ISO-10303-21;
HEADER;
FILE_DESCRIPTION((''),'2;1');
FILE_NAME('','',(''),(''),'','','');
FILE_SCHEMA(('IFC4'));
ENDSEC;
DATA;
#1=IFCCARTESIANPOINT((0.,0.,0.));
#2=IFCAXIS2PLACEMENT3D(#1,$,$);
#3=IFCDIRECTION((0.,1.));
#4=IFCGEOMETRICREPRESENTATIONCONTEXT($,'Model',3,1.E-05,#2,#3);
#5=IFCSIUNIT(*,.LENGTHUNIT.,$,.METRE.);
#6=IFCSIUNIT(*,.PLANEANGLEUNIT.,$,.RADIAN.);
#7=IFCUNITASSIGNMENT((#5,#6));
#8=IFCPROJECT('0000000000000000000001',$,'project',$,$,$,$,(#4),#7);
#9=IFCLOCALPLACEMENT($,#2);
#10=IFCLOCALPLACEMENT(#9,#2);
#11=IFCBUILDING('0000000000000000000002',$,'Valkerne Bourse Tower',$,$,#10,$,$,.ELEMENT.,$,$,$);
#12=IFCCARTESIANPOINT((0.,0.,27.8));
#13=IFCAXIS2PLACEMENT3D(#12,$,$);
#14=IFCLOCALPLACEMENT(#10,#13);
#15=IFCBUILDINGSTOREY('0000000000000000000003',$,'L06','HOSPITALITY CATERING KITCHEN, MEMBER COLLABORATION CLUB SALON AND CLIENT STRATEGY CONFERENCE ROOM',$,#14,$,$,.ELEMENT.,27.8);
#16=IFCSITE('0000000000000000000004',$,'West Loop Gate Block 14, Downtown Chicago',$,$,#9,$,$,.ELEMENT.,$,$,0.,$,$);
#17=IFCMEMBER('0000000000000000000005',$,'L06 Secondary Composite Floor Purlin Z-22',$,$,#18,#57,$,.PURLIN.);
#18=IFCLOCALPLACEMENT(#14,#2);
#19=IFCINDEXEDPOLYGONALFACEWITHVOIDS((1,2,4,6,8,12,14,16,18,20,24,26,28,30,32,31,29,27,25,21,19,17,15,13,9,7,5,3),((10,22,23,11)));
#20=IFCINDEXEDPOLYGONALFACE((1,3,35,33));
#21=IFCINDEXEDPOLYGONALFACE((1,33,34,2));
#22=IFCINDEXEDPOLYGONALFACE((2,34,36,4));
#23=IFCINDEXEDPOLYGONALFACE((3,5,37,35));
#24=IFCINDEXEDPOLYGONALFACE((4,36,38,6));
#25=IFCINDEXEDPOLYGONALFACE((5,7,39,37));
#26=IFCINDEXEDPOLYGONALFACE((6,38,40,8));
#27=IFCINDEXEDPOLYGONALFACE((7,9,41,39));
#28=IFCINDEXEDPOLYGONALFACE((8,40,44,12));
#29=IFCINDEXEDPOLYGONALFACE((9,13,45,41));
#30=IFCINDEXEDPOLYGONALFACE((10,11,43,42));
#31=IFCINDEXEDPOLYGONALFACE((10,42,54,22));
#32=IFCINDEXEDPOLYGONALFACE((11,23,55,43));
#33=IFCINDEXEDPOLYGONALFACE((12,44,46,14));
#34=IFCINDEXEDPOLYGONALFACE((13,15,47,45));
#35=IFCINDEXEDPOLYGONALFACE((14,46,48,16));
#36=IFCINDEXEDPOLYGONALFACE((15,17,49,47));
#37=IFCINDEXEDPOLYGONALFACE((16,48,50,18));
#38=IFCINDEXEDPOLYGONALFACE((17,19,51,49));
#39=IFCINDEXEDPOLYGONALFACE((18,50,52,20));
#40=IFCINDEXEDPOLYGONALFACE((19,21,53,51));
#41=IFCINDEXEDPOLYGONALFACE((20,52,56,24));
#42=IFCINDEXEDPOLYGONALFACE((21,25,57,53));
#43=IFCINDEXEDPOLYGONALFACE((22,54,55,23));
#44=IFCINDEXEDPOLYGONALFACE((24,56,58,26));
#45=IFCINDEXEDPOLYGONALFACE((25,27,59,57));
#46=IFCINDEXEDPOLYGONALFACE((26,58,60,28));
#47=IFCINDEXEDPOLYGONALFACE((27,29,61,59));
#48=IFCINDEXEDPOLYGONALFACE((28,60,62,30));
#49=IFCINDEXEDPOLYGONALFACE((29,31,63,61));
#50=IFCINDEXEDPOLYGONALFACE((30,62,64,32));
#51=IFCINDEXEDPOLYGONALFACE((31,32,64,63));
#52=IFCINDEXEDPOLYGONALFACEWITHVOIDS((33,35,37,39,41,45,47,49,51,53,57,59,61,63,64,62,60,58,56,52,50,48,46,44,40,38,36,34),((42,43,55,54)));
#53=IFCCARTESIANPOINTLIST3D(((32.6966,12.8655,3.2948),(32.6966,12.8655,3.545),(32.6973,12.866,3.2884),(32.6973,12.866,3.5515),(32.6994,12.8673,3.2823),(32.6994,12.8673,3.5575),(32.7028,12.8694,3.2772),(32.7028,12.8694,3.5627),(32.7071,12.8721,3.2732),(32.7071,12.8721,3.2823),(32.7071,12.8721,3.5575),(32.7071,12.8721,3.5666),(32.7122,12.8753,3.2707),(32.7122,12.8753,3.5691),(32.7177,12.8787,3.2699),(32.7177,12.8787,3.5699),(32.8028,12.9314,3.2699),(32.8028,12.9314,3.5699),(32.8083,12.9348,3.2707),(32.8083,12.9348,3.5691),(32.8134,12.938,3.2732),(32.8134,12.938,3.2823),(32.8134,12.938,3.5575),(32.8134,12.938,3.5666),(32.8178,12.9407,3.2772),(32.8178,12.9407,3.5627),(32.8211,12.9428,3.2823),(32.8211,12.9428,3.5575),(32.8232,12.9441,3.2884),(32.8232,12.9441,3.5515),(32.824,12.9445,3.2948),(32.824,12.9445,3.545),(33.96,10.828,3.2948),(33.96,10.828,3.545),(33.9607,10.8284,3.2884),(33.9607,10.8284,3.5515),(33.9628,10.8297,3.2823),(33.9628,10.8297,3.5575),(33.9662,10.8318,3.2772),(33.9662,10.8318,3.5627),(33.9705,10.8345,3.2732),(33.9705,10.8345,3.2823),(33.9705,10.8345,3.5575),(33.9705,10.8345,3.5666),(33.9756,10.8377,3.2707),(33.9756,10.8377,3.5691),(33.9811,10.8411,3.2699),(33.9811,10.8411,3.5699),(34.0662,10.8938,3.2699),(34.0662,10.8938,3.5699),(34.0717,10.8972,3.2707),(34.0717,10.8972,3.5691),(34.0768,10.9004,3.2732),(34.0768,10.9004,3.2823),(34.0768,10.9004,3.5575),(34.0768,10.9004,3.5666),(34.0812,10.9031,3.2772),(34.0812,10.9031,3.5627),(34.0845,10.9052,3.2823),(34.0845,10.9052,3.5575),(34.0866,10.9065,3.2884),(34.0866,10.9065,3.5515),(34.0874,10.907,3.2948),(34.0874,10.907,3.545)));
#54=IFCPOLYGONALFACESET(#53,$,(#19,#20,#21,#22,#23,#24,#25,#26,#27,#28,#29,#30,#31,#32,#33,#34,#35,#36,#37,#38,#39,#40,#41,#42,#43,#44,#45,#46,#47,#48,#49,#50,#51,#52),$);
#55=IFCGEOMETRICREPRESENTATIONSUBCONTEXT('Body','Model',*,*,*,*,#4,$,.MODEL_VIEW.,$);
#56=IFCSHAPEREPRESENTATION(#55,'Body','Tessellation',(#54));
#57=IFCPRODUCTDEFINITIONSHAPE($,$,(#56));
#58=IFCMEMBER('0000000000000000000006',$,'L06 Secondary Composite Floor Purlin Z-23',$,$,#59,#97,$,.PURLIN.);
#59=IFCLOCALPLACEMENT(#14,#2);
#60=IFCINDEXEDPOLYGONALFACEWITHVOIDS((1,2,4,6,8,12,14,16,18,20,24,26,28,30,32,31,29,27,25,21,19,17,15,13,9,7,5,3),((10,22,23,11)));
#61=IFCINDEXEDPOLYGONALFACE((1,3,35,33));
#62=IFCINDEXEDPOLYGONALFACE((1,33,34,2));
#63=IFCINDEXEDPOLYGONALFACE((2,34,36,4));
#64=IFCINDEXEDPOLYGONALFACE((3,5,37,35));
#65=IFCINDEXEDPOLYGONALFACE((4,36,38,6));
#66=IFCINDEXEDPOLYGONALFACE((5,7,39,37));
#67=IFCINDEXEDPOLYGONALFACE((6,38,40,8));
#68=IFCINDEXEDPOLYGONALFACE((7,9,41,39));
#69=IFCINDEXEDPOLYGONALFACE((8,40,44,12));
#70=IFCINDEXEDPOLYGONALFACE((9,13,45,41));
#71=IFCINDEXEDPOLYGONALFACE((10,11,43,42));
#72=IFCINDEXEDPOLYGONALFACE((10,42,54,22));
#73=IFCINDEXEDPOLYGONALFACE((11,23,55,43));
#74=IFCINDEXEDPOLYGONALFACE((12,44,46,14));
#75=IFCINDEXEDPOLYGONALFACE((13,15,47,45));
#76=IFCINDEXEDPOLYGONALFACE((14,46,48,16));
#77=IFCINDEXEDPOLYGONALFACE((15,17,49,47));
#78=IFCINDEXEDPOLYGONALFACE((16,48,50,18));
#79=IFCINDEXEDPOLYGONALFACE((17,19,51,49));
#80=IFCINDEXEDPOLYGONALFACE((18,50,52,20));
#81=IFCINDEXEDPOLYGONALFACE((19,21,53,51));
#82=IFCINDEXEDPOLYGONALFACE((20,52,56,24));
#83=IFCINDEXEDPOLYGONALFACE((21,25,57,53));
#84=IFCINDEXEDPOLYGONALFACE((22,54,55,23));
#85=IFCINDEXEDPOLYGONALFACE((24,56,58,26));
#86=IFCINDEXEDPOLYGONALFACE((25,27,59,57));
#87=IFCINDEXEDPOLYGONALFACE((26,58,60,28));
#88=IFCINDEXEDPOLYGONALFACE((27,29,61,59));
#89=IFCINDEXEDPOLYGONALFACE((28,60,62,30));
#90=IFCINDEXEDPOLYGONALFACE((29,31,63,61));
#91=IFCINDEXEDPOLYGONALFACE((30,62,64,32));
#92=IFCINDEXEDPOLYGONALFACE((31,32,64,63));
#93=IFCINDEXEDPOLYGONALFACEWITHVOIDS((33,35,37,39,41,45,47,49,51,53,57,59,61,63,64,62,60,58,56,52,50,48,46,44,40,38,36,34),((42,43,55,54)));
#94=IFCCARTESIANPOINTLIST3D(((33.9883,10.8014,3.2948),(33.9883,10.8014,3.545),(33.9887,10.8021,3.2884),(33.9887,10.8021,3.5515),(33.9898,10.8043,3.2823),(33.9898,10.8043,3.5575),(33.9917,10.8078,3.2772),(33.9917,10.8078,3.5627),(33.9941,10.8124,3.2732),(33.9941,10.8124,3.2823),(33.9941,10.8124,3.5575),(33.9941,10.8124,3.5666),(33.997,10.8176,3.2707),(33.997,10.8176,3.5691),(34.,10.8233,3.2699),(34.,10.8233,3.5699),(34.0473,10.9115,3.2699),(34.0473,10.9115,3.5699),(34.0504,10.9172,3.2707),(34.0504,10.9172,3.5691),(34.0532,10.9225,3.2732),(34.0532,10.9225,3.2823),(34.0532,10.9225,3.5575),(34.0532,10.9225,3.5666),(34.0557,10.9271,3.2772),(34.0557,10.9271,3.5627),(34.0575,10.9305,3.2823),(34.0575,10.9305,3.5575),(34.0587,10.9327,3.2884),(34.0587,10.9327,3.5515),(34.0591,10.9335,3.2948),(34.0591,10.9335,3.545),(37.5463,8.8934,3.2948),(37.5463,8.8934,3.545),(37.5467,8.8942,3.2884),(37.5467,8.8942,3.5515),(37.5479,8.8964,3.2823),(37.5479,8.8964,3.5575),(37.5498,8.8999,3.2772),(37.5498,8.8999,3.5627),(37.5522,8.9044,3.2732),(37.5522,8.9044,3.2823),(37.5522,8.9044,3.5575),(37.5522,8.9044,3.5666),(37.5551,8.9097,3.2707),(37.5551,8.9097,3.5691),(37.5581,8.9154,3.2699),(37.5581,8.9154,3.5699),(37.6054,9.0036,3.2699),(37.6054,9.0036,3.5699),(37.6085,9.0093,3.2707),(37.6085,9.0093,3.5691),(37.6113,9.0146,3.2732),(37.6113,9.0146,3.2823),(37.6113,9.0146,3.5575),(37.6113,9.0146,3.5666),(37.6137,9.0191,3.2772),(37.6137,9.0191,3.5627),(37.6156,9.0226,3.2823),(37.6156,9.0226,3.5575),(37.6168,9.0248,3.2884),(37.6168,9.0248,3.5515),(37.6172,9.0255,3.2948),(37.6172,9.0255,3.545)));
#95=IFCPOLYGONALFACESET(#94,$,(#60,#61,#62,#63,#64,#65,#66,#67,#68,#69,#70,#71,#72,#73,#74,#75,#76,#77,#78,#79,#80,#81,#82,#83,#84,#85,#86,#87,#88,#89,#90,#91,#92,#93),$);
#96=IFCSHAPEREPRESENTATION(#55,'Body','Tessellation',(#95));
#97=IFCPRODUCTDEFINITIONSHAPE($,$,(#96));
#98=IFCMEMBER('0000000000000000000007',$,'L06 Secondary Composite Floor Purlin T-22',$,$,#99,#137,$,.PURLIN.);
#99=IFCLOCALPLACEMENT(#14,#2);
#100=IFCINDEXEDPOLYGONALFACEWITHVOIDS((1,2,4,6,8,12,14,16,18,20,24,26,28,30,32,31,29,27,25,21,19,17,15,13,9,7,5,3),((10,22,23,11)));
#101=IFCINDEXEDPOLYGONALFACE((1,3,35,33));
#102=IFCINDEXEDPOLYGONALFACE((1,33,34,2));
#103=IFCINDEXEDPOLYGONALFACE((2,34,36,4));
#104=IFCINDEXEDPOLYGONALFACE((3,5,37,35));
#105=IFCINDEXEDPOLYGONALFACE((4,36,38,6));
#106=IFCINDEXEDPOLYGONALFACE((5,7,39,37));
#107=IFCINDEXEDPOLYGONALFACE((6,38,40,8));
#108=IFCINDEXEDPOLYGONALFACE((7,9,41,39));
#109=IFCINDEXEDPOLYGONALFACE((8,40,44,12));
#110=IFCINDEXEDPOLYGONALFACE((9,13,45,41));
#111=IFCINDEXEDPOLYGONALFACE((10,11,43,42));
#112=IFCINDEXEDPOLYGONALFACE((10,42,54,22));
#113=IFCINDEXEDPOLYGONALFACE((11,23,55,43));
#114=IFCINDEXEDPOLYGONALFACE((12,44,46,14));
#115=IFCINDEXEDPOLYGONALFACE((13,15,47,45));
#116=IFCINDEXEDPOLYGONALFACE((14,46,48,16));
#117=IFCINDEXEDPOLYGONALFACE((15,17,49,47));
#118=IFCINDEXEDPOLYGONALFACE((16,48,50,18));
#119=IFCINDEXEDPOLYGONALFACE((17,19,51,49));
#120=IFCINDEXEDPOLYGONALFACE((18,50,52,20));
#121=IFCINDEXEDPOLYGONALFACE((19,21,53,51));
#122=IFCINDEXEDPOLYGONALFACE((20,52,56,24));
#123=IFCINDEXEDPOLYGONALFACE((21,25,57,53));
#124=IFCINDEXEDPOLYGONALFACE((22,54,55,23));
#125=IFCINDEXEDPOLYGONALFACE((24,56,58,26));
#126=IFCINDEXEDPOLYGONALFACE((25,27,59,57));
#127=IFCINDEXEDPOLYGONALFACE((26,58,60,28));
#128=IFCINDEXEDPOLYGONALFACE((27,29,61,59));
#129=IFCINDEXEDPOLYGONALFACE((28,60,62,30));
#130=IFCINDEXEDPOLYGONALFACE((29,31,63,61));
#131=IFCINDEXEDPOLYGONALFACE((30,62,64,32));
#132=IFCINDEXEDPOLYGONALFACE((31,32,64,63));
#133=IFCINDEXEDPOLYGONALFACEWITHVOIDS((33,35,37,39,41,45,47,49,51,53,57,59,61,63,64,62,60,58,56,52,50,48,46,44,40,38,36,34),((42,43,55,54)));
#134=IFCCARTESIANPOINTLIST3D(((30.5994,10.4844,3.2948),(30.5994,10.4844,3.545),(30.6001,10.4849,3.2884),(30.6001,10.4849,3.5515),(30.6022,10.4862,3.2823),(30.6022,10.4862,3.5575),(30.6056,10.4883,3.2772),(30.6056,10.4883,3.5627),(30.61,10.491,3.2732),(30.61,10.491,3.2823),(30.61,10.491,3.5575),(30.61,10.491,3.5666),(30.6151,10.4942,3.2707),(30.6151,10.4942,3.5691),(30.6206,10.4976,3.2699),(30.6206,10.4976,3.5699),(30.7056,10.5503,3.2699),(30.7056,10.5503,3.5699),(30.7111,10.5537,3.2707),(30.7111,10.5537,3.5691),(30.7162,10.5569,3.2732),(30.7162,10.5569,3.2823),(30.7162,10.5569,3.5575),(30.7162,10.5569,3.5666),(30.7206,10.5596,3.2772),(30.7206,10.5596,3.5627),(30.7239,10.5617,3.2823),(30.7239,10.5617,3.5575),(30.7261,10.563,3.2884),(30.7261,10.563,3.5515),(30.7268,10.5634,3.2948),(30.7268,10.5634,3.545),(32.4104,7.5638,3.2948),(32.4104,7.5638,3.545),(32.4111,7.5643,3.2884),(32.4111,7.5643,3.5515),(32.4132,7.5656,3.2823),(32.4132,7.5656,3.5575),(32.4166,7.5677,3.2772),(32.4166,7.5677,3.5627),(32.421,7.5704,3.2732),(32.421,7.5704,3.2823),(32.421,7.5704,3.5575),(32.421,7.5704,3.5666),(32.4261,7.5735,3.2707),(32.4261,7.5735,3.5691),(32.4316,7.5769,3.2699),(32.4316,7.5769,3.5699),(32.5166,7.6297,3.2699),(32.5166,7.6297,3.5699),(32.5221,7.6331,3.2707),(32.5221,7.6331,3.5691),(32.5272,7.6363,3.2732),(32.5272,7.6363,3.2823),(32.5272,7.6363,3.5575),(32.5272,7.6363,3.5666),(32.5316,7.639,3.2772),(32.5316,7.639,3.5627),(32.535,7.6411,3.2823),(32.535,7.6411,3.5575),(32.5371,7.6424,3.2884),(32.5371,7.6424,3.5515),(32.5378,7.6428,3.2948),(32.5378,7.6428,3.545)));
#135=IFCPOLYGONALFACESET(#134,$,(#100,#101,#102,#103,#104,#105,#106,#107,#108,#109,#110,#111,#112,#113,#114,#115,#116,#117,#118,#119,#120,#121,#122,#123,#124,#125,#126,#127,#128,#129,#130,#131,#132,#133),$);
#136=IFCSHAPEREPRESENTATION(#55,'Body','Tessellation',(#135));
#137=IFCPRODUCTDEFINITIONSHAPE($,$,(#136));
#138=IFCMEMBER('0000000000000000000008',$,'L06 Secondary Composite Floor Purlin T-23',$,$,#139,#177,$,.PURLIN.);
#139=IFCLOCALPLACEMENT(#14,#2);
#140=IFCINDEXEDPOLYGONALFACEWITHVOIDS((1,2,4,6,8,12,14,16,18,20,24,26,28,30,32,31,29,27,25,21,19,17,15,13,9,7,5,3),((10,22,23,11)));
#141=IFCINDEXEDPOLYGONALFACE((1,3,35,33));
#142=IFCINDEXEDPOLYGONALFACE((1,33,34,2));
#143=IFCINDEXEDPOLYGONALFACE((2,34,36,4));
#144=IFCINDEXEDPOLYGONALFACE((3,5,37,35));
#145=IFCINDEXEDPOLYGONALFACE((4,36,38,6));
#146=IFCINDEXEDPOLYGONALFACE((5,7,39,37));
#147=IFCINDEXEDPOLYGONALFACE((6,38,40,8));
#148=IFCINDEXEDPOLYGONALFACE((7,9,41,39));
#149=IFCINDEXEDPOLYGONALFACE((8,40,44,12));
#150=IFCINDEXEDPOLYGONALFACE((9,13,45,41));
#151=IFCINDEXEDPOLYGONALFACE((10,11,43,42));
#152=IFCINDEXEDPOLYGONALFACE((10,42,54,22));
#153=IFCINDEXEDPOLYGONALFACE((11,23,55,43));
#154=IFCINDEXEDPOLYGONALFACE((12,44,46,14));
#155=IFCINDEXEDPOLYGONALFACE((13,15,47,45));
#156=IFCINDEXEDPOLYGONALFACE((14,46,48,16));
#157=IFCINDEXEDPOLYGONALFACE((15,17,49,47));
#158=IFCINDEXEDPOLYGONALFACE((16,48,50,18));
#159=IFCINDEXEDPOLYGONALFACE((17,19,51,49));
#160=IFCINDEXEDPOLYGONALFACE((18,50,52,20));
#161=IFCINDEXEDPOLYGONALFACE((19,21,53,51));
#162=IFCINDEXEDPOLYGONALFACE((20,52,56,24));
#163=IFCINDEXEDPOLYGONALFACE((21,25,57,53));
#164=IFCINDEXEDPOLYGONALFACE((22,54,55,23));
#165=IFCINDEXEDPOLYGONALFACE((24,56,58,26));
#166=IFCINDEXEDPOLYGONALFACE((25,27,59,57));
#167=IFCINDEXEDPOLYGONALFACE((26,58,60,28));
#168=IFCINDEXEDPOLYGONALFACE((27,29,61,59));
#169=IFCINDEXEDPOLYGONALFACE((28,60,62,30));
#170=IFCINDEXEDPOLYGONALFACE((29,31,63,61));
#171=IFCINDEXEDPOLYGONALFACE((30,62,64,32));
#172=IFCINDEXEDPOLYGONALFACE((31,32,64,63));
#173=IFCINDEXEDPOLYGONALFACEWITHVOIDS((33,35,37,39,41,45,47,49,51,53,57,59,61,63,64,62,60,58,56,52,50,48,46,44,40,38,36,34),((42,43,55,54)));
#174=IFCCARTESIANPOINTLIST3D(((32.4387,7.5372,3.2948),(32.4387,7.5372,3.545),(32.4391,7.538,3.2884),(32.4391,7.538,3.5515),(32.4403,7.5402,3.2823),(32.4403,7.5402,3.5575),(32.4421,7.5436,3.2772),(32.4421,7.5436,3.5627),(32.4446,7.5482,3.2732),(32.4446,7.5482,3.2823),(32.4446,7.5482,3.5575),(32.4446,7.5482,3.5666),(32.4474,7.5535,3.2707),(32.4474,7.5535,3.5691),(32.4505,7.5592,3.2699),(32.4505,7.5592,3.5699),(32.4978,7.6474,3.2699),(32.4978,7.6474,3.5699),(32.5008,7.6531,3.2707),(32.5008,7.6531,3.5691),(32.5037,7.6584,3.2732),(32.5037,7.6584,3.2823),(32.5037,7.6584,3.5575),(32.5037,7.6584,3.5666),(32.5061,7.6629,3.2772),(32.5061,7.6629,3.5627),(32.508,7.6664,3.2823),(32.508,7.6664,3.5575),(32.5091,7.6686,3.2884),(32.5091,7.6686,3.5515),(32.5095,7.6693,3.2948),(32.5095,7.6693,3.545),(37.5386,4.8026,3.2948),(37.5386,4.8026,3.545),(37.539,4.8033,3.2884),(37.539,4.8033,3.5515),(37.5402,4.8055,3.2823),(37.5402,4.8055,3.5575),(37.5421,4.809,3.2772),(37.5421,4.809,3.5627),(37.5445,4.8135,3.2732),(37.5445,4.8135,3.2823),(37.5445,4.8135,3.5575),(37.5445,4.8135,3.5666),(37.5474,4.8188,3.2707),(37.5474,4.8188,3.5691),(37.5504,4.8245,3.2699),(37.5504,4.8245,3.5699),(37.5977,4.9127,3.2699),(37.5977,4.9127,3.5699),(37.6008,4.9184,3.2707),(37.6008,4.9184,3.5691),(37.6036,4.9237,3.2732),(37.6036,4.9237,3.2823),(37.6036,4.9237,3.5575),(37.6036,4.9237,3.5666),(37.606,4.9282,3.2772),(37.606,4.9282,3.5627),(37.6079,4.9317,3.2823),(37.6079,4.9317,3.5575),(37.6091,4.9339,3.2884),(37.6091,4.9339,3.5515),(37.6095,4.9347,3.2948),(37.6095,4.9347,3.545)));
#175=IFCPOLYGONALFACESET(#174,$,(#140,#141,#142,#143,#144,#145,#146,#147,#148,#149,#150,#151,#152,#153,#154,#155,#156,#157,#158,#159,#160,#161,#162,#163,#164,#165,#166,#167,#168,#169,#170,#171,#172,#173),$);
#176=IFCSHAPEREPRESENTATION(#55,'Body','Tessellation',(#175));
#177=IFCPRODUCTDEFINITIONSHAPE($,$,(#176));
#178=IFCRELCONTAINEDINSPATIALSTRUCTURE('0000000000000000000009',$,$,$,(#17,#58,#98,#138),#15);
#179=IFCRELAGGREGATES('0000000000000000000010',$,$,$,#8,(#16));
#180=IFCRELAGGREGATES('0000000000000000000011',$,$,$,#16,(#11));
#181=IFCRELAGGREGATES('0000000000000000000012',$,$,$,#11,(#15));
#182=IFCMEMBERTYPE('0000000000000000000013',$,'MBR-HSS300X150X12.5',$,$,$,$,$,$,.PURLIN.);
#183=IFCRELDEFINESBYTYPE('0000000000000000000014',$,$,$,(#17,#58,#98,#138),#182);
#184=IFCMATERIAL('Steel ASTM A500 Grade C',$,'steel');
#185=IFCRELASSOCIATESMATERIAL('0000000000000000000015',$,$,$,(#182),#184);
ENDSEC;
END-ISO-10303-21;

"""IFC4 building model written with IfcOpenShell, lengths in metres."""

from ifc_helpers import new_model, si_unit, direction, frame, origin, origin_2d, place, context, subcontext, project, spatial, hollow_rectangle, extrude, material, material_profile, profile_set, type_object, element, save


model = new_model("IFC4")

# Units and contexts
model_context = context("Model", 3, precision=1e-05, world=origin(), true_north=direction((0.0, 1.0)))
body_context = subcontext(model_context, "Body", "Model", "MODEL_VIEW")
ifc_project = project(units=[si_unit("LENGTHUNIT", "METRE"), si_unit("PLANEANGLEUNIT", "RADIAN")], contexts=[model_context])

# Site, building, storey
site_placement = place(None, origin())
site = spatial("IfcSite", under=ifc_project, at=site_placement, Name="West Loop Gate Block 14, Downtown Chicago", CompositionType="ELEMENT", RefElevation=0.0)
building_placement = place(site_placement, origin())
building = spatial("IfcBuilding", under=site, at=building_placement, Name="Valkerne Bourse Tower", CompositionType="ELEMENT")
storey_placement = place(building_placement, frame((0.0, 0.0, 27.8)))
storey = spatial("IfcBuildingStorey", under=building, at=storey_placement, Name="L06", Description="HOSPITALITY CATERING KITCHEN, MEMBER COLLABORATION CLUB SALON AND CLIENT STRATEGY CONFERENCE ROOM", CompositionType="ELEMENT", Elevation=27.8)

# Members
ifc_material_1 = material(Name="Steel ASTM A500 Grade C", Category="steel")
ifc_material_profile_1 = material_profile(ifc_material_1, hollow_rectangle(XDim=0.1499, YDim=0.3, WallThickness=0.0125, OuterFilletRadius=0.0249, at=origin_2d()), Name="HSS300X150X12.5")
ifc_profile_set_1 = profile_set([ifc_material_profile_1], Name="Steel ASTM A500 Grade C")
member_type_1 = type_object("IfcMemberType", Name="MBR-HSS300X150X12.5", PredefinedType="PURLIN", material=ifc_profile_set_1)
member_1_placement = place(storey_placement, frame((32.7603, 12.905, 3.4199), z_axis=(0.526975, -0.849881, 0.0), x_axis=(0.849881, 0.526975, 0.0)))
element("IfcMember", 1, at=member_1_placement, inside=storey, type_object=member_type_1, Name="L06 Secondary Composite Floor Purlin Z-22", PredefinedType="PURLIN", context=body_context, shape_type="SweptSolid", body=[
    extrude(hollow_rectangle(XDim=0.1499, YDim=0.3, WallThickness=0.0125, OuterFilletRadius=0.0249, at=origin_2d()), origin(), (0.0, 0.0, 1.0), 2.3975),
])
member_2_placement = place(storey_placement, frame((34.0237, 10.8674, 3.4199), z_axis=(0.881291, -0.472574, 0.0), x_axis=(0.472574, 0.881291, 0.0)))
element("IfcMember", 2, at=member_2_placement, inside=storey, type_object=member_type_1, Name="L06 Secondary Composite Floor Purlin Z-23", PredefinedType="PURLIN", context=body_context, shape_type="SweptSolid", body=[
    extrude(hollow_rectangle(XDim=0.1499, YDim=0.3, WallThickness=0.0125, OuterFilletRadius=0.0249, at=origin_2d()), origin(), (0.0, 0.0, 1.0), 4.0374),
])
member_3_placement = place(storey_placement, frame((30.6631, 10.5239, 3.4199), z_axis=(0.526988, -0.849873, 0.0), x_axis=(0.849873, 0.526988, 0.0)))
element("IfcMember", 3, at=member_3_placement, inside=storey, type_object=member_type_1, Name="L06 Secondary Composite Floor Purlin T-22", PredefinedType="PURLIN", context=body_context, shape_type="SweptSolid", body=[
    extrude(hollow_rectangle(XDim=0.1499, YDim=0.3, WallThickness=0.0125, OuterFilletRadius=0.0249, at=origin_2d()), origin(), (0.0, 0.0, 1.0), 3.4365),
])
member_4_placement = place(storey_placement, frame((32.4741, 7.6033, 3.4199), z_axis=(0.881296, -0.472564, 0.0), x_axis=(0.472564, 0.881296, 0.0)))
element("IfcMember", 4, at=member_4_placement, inside=storey, type_object=member_type_1, Name="L06 Secondary Composite Floor Purlin T-23", PredefinedType="PURLIN", context=body_context, shape_type="SweptSolid", body=[
    extrude(hollow_rectangle(XDim=0.1499, YDim=0.3, WallThickness=0.0125, OuterFilletRadius=0.0249, at=origin_2d()), origin(), (0.0, 0.0, 1.0), 5.7869),
])

save(model, "model.ifc")
